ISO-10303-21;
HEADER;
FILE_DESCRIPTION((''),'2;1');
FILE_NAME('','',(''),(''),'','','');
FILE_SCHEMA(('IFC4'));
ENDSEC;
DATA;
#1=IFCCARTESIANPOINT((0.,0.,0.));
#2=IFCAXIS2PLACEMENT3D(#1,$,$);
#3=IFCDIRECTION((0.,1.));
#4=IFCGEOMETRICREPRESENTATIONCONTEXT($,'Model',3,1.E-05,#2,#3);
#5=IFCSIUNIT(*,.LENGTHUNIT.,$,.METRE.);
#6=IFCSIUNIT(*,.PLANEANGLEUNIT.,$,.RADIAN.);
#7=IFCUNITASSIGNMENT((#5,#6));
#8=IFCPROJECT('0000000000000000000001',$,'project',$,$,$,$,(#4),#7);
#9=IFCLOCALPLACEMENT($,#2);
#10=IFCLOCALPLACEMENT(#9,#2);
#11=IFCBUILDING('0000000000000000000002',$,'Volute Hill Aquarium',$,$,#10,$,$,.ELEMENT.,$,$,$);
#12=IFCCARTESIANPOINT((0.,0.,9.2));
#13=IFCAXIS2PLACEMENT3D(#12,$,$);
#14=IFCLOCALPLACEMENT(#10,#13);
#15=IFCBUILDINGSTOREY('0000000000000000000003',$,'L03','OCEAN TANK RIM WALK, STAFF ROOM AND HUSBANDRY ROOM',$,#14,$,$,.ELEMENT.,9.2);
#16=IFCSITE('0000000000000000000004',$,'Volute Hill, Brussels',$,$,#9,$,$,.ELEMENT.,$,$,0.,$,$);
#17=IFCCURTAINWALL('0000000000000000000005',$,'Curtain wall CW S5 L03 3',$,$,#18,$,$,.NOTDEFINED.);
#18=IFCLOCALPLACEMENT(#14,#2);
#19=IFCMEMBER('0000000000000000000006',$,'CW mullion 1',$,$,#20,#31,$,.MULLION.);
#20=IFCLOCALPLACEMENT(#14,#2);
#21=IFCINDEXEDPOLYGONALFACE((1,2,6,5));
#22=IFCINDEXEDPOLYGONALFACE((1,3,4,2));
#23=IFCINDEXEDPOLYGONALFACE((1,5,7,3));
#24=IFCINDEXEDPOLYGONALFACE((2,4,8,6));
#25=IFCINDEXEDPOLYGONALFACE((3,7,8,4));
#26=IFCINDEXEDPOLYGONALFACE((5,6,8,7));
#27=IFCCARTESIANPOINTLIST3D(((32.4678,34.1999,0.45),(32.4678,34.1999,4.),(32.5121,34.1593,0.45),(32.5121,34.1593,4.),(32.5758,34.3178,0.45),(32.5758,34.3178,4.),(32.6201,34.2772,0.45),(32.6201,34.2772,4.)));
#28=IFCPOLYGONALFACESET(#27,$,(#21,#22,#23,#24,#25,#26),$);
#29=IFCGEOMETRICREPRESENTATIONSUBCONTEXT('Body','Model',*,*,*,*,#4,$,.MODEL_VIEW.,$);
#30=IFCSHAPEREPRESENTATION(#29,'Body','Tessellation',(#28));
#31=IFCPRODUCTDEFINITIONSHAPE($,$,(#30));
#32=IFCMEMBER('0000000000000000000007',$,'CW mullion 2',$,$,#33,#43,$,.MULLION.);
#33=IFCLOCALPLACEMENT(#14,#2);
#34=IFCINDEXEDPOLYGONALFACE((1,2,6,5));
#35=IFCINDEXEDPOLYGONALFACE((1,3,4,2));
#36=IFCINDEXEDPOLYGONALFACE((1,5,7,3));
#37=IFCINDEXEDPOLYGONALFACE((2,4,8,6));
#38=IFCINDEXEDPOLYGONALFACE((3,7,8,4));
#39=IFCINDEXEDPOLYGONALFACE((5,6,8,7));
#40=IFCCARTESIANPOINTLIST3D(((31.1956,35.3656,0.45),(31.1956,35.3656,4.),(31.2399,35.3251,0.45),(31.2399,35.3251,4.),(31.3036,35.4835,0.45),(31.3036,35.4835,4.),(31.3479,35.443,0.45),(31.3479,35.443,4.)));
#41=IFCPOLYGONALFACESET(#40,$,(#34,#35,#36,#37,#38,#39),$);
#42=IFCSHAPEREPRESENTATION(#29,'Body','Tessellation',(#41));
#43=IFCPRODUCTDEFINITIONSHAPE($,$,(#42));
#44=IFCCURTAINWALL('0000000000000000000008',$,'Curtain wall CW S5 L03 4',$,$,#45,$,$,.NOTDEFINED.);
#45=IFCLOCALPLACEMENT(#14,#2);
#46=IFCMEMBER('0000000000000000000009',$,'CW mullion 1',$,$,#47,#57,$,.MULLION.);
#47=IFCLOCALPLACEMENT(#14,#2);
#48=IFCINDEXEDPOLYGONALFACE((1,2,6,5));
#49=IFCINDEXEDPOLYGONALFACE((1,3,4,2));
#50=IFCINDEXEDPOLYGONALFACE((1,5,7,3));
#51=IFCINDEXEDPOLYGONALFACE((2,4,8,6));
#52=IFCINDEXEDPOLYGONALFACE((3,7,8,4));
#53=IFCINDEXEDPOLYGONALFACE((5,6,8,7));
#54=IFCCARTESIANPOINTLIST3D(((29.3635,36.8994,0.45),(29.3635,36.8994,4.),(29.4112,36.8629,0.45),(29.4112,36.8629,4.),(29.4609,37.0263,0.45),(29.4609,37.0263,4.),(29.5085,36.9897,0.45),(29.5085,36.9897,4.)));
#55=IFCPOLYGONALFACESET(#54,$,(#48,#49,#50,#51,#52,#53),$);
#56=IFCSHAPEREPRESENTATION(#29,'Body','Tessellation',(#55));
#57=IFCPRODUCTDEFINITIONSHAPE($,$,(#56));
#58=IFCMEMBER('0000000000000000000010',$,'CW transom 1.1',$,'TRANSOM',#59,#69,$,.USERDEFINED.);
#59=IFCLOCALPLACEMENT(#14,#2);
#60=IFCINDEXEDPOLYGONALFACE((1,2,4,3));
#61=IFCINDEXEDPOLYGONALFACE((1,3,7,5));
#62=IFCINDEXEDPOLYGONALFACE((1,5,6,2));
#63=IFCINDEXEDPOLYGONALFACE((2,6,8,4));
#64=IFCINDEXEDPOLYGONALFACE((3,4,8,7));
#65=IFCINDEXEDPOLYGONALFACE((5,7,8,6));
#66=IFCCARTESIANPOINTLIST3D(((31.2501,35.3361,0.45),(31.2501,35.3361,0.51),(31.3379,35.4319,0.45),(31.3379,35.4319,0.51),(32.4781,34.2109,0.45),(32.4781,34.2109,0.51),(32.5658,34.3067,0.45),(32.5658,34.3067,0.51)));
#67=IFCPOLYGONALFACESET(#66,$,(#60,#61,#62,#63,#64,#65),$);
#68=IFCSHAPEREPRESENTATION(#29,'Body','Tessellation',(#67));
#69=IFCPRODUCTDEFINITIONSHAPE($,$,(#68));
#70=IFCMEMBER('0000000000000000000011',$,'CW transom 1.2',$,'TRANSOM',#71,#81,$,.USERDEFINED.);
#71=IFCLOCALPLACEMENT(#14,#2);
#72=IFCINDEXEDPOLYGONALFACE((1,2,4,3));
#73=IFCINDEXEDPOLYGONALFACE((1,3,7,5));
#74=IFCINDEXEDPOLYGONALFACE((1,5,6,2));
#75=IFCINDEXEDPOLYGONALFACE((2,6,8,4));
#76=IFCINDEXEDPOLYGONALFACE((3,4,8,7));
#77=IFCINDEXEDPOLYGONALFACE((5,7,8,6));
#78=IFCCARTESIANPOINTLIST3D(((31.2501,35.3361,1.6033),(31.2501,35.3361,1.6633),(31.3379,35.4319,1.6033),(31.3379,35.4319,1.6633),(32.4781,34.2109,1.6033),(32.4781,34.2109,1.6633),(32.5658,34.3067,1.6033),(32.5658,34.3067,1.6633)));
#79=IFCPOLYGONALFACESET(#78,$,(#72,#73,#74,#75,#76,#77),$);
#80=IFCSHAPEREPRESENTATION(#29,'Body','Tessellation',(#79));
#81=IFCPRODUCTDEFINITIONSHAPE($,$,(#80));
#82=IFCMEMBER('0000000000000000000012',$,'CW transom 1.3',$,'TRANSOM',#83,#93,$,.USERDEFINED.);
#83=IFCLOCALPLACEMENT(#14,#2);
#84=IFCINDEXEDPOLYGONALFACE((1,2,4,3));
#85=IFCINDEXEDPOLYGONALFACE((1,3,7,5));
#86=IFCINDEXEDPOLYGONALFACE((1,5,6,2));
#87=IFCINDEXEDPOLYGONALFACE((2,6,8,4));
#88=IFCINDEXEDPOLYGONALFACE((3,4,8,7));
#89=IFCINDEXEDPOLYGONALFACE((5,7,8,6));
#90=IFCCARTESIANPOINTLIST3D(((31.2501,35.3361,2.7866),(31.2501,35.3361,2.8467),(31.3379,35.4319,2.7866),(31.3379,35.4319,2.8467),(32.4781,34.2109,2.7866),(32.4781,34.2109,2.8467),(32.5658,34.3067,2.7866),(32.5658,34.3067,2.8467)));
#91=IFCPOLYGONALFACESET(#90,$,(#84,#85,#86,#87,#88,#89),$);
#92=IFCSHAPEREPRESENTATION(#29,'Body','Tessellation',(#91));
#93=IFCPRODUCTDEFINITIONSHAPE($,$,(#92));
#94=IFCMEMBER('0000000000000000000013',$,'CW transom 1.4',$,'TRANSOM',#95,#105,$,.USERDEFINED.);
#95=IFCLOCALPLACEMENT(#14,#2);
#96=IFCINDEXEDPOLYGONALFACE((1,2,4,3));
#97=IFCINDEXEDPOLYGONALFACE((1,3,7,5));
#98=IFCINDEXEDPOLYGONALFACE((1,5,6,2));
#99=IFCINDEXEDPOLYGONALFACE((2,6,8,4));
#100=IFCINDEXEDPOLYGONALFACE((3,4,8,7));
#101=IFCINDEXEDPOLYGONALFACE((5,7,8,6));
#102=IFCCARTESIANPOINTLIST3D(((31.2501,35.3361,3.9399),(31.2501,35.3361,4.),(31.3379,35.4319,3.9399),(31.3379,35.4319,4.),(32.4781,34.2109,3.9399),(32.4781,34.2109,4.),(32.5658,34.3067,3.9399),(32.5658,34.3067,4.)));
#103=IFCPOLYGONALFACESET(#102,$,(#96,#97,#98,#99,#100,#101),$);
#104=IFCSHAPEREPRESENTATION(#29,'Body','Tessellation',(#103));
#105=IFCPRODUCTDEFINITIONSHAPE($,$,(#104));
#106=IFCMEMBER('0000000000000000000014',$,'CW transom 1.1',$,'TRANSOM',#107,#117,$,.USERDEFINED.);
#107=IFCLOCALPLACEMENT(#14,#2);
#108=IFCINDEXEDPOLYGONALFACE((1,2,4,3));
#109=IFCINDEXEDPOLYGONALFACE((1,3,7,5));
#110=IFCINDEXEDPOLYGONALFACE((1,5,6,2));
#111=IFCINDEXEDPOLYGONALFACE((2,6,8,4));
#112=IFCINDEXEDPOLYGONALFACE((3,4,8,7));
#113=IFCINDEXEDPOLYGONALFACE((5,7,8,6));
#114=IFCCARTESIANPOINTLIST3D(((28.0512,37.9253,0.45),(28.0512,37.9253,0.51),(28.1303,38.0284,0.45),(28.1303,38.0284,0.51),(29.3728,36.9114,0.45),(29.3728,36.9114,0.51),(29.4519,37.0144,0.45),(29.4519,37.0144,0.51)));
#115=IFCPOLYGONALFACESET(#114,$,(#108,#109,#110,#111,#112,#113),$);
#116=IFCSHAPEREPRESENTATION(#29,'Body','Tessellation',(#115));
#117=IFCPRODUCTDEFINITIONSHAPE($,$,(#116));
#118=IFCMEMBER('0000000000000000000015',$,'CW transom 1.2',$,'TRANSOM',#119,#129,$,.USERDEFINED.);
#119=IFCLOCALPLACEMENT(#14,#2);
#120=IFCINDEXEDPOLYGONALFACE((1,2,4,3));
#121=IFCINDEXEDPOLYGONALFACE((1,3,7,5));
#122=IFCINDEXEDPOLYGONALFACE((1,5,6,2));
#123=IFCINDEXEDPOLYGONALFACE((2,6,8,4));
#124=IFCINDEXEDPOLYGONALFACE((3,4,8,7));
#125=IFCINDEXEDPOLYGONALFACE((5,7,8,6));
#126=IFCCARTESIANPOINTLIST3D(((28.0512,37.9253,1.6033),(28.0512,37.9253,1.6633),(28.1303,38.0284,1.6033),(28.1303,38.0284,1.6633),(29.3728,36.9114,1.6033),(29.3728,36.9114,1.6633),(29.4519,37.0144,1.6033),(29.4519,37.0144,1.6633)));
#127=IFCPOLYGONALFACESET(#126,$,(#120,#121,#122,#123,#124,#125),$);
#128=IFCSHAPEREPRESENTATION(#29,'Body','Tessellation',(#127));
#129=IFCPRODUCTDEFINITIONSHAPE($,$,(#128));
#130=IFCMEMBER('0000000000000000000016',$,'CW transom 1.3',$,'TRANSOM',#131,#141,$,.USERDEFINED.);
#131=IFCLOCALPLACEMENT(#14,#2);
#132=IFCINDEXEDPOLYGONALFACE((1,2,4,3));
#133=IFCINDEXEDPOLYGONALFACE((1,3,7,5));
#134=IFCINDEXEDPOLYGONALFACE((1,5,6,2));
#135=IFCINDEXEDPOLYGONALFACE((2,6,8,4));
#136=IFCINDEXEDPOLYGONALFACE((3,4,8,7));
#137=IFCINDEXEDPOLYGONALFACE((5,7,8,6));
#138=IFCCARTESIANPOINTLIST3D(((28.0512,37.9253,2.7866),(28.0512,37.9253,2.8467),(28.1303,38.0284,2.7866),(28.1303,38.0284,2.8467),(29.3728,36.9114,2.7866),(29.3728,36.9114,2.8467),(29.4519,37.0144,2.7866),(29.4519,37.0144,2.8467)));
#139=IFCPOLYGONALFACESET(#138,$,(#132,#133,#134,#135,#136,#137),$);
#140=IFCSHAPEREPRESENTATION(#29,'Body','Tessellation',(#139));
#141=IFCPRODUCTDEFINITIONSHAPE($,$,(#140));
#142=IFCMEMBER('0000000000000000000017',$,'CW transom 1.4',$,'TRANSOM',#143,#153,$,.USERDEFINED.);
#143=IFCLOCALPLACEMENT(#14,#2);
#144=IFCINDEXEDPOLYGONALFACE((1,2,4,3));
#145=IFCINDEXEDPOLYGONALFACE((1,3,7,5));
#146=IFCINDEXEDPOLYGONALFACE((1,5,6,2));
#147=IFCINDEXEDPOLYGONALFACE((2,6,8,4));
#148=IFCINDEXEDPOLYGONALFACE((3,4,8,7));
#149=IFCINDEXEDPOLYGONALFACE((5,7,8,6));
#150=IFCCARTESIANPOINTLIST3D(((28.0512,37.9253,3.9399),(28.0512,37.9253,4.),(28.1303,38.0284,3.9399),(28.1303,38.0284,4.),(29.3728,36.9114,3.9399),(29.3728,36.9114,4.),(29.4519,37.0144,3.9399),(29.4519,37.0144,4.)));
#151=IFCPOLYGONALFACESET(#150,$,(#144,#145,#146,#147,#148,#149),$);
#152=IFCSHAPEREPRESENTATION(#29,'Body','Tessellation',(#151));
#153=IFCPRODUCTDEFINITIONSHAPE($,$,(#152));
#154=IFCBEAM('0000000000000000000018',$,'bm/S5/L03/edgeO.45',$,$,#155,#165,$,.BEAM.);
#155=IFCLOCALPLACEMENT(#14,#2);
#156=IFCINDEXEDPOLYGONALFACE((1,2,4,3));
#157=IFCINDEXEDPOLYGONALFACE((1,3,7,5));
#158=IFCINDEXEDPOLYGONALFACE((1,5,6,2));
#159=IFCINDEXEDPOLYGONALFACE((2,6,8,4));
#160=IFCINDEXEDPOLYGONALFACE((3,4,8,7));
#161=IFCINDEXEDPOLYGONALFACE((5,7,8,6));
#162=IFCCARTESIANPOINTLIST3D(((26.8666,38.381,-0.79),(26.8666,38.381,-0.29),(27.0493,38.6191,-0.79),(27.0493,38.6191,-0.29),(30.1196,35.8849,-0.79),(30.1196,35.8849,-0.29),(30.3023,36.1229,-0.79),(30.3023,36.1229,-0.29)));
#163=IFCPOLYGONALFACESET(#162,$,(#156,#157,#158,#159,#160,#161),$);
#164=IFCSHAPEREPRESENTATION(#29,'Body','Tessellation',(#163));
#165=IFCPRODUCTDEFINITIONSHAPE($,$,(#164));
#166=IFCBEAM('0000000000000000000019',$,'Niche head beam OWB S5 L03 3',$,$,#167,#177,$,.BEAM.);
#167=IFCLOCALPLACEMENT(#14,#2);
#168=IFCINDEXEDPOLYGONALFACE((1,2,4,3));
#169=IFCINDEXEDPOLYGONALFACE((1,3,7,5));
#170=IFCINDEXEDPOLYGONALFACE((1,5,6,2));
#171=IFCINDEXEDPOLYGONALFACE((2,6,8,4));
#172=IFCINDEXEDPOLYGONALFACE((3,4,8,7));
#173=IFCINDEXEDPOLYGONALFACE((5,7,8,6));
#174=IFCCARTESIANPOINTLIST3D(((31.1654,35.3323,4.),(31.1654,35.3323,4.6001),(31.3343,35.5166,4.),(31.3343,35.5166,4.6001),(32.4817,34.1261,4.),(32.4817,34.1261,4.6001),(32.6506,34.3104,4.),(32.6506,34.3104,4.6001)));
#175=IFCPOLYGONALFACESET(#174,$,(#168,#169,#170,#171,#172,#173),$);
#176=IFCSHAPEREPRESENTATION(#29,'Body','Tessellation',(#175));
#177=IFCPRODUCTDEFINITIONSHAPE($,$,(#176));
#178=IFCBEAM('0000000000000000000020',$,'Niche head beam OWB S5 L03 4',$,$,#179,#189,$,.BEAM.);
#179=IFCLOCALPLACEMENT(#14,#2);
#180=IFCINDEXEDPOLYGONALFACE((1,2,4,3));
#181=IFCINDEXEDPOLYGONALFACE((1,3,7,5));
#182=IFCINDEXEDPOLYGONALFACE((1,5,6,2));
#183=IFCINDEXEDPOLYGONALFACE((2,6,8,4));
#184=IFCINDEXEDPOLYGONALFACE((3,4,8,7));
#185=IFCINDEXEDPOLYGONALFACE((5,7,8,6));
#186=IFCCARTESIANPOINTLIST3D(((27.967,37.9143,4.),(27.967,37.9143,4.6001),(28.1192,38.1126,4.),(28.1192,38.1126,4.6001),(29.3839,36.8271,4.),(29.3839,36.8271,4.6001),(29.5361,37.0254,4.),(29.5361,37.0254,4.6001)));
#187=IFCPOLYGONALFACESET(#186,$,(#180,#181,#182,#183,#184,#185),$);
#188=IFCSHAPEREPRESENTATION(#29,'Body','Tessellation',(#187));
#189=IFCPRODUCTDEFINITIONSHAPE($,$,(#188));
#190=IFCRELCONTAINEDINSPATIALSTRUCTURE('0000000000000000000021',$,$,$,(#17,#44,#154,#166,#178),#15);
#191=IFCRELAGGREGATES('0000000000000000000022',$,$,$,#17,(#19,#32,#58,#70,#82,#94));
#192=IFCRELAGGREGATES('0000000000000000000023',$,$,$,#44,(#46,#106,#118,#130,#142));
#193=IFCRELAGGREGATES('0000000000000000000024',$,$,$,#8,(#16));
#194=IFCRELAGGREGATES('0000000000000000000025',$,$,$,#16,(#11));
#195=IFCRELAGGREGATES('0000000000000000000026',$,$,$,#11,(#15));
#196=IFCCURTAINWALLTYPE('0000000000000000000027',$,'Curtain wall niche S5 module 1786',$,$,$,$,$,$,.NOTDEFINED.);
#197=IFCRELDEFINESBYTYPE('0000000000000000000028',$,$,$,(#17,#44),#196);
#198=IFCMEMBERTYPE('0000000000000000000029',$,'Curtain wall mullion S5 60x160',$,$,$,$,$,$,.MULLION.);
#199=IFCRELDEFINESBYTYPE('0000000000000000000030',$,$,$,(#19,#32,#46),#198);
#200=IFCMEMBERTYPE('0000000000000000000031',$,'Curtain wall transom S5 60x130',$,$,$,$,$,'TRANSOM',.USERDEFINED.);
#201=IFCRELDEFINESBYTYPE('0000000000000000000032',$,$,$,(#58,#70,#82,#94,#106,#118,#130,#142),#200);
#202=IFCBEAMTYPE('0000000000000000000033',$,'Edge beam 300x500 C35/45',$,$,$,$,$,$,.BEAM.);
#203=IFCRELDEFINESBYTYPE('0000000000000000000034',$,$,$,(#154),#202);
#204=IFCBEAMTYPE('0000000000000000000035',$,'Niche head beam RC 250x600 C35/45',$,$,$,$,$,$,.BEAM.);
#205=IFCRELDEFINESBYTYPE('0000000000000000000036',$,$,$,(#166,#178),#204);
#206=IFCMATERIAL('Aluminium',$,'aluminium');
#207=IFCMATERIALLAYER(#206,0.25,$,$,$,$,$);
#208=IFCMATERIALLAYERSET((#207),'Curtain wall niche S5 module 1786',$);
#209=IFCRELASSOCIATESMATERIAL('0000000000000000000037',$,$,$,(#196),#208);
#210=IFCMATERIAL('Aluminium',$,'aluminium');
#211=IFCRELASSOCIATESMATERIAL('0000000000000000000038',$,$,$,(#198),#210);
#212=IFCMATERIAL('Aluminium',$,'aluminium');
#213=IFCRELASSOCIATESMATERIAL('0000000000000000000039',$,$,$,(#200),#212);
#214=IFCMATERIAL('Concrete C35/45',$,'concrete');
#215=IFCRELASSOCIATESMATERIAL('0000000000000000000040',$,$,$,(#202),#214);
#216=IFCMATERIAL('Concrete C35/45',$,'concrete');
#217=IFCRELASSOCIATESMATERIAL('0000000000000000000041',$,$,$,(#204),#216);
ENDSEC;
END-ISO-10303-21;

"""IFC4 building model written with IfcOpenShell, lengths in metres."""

from ifc_helpers import new_model, si_unit, direction, frame, origin, origin_2d, place, context, subcontext, project, spatial, rectangle, extrude, material, layer, layer_set, material_profile, profile_set, type_object, element, aggregate, save


model = new_model("IFC4")

# Units and contexts
model_context = context("Model", 3, precision=1e-05, world=origin(), true_north=direction((0.0, 1.0)))
body_context = subcontext(model_context, "Body", "Model", "MODEL_VIEW")
ifc_project = project(units=[si_unit("LENGTHUNIT", "METRE"), si_unit("PLANEANGLEUNIT", "RADIAN")], contexts=[model_context])

# Site, building, storey
site_placement = place(None, origin())
site = spatial("IfcSite", under=ifc_project, at=site_placement, Name="Volute Hill, Brussels", CompositionType="ELEMENT", RefElevation=0.0)
building_placement = place(site_placement, origin())
building = spatial("IfcBuilding", under=site, at=building_placement, Name="Volute Hill Aquarium", CompositionType="ELEMENT")
storey_placement = place(building_placement, frame((0.0, 0.0, 9.2)))
storey = spatial("IfcBuildingStorey", under=building, at=storey_placement, Name="L03", Description="OCEAN TANK RIM WALK, STAFF ROOM AND HUSBANDRY ROOM", CompositionType="ELEMENT", Elevation=9.2)

# Curtain wall, members
ifc_material_1 = material(Name="Aluminium", Category="aluminium")
ifc_layer_1 = layer(ifc_material_1, 0.25)
ifc_layer_set_1 = layer_set([ifc_layer_1], Name="Curtain wall niche S5 module 1786")
curtain_wall_type = type_object("IfcCurtainWallType", Name="Curtain wall niche S5 module 1786", PredefinedType="NOTDEFINED", material=ifc_layer_set_1)
curtain_wall_1_placement = place(storey_placement, origin())
curtain_wall_1 = element("IfcCurtainWall", 1, at=curtain_wall_1_placement, inside=storey, type_object=curtain_wall_type, Name="Curtain wall CW S5 L03 3", PredefinedType="NOTDEFINED")
ifc_material_2 = material(Name="Aluminium", Category="aluminium")
ifc_material_profile_1 = material_profile(ifc_material_2, rectangle(XDim=0.1599, YDim=0.0601, at=origin_2d()), Name="Curtain wall mullion S5 60x160")
ifc_profile_set_1 = profile_set([ifc_material_profile_1], Name="Aluminium")
member_type_1 = type_object("IfcMemberType", Name="Curtain wall mullion S5 60x160", PredefinedType="MULLION", material=ifc_profile_set_1)
member_1_placement = place(storey_placement, frame((32.5439, 34.2385, 0.45), z_axis=(0.0, 0.0, 1.0), x_axis=(-0.675585, -0.737282, 0.0)))
member_1 = element("IfcMember", 2, at=member_1_placement, type_object=member_type_1, Name="CW mullion 1", PredefinedType="MULLION", context=body_context, shape_type="SweptSolid", body=[
    extrude(rectangle(XDim=0.1599, YDim=0.0601, at=origin_2d()), origin(), (0.0, 0.0, 1.0), 3.55),
])
member_2_placement = place(storey_placement, frame((31.2717, 35.4043, 0.45), z_axis=(0.0, 0.0, 1.0), x_axis=(-0.675585, -0.737282, 0.0)))
member_2 = element("IfcMember", 3, at=member_2_placement, type_object=member_type_1, Name="CW mullion 2", PredefinedType="MULLION", context=body_context, shape_type="SweptSolid", body=[
    extrude(rectangle(XDim=0.1599, YDim=0.0601, at=origin_2d()), origin(), (0.0, 0.0, 1.0), 3.55),
])

# Curtain wall, member
curtain_wall_2_placement = place(storey_placement, origin())
curtain_wall_2 = element("IfcCurtainWall", 4, at=curtain_wall_2_placement, inside=storey, type_object=curtain_wall_type, Name="Curtain wall CW S5 L03 4", PredefinedType="NOTDEFINED")
member_3_placement = place(storey_placement, frame((29.436, 36.9446, 0.45), z_axis=(0.0, 0.0, 1.0), x_axis=(-0.608755, -0.793358, 0.0)))
member_3 = element("IfcMember", 5, at=member_3_placement, type_object=member_type_1, Name="CW mullion 1", PredefinedType="MULLION", context=body_context, shape_type="SweptSolid", body=[
    extrude(rectangle(XDim=0.1599, YDim=0.0601, at=origin_2d()), origin(), (0.0, 0.0, 1.0), 3.55),
])

# Members
ifc_material_3 = material(Name="Aluminium", Category="aluminium")
ifc_material_profile_2 = material_profile(ifc_material_3, rectangle(XDim=0.1299, YDim=0.0601, at=origin_2d()), Name="Curtain wall transom S5 60x130")
ifc_profile_set_2 = profile_set([ifc_material_profile_2], Name="Aluminium")
member_type_2 = type_object("IfcMemberType", Name="Curtain wall transom S5 60x130", ElementType="TRANSOM", PredefinedType="USERDEFINED", material=ifc_profile_set_2)
member_4_placement = place(storey_placement, frame((32.522, 34.2588, 0.48), z_axis=(-0.737288, 0.675579, 0.0), x_axis=(-0.675579, -0.737288, 0.0)))
member_4 = element("IfcMember", 6, at=member_4_placement, type_object=member_type_2, Name="CW transom 1.1", ObjectType="TRANSOM", PredefinedType="USERDEFINED", context=body_context, shape_type="SweptSolid", body=[
    extrude(rectangle(XDim=0.1299, YDim=0.0601, at=origin_2d()), origin(), (0.0, 0.0, 1.0), 1.6655),
])
member_5_placement = place(storey_placement, frame((32.522, 34.2588, 1.6333), z_axis=(-0.737288, 0.675579, 0.0), x_axis=(-0.675579, -0.737288, 0.0)))
member_5 = element("IfcMember", 7, at=member_5_placement, type_object=member_type_2, Name="CW transom 1.2", ObjectType="TRANSOM", PredefinedType="USERDEFINED", context=body_context, shape_type="SweptSolid", body=[
    extrude(rectangle(XDim=0.1299, YDim=0.0601, at=origin_2d()), origin(), (0.0, 0.0, 1.0), 1.6655),
])
member_6_placement = place(storey_placement, frame((32.522, 34.2588, 2.8167), z_axis=(-0.737288, 0.675579, 0.0), x_axis=(-0.675579, -0.737288, 0.0)))
member_6 = element("IfcMember", 8, at=member_6_placement, type_object=member_type_2, Name="CW transom 1.3", ObjectType="TRANSOM", PredefinedType="USERDEFINED", context=body_context, shape_type="SweptSolid", body=[
    extrude(rectangle(XDim=0.1299, YDim=0.0601, at=origin_2d()), origin(), (0.0, 0.0, 1.0), 1.6655),
])
member_7_placement = place(storey_placement, frame((32.522, 34.2588, 3.97), z_axis=(-0.737288, 0.675579, 0.0), x_axis=(-0.675579, -0.737288, 0.0)))
member_7 = element("IfcMember", 9, at=member_7_placement, type_object=member_type_2, Name="CW transom 1.4", ObjectType="TRANSOM", PredefinedType="USERDEFINED", context=body_context, shape_type="SweptSolid", body=[
    extrude(rectangle(XDim=0.1299, YDim=0.0601, at=origin_2d()), origin(), (0.0, 0.0, 1.0), 1.6655),
])
member_8_placement = place(storey_placement, frame((29.4124, 36.9629, 0.48), z_axis=(-0.793392, 0.608712, 0.0), x_axis=(-0.608712, -0.793392, 0.0)))
member_8 = element("IfcMember", 10, at=member_8_placement, type_object=member_type_2, Name="CW transom 1.1", ObjectType="TRANSOM", PredefinedType="USERDEFINED", context=body_context, shape_type="SweptSolid", body=[
    extrude(rectangle(XDim=0.1299, YDim=0.0601, at=origin_2d()), origin(), (0.0, 0.0, 1.0), 1.6658),
])
member_9_placement = place(storey_placement, frame((29.4124, 36.9629, 1.6333), z_axis=(-0.793392, 0.608712, 0.0), x_axis=(-0.608712, -0.793392, 0.0)))
member_9 = element("IfcMember", 11, at=member_9_placement, type_object=member_type_2, Name="CW transom 1.2", ObjectType="TRANSOM", PredefinedType="USERDEFINED", context=body_context, shape_type="SweptSolid", body=[
    extrude(rectangle(XDim=0.1299, YDim=0.0601, at=origin_2d()), origin(), (0.0, 0.0, 1.0), 1.6658),
])
member_10_placement = place(storey_placement, frame((29.4124, 36.9629, 2.8167), z_axis=(-0.793392, 0.608712, 0.0), x_axis=(-0.608712, -0.793392, 0.0)))
member_10 = element("IfcMember", 12, at=member_10_placement, type_object=member_type_2, Name="CW transom 1.3", ObjectType="TRANSOM", PredefinedType="USERDEFINED", context=body_context, shape_type="SweptSolid", body=[
    extrude(rectangle(XDim=0.1299, YDim=0.0601, at=origin_2d()), origin(), (0.0, 0.0, 1.0), 1.6658),
])
member_11_placement = place(storey_placement, frame((29.4124, 36.9629, 3.97), z_axis=(-0.793392, 0.608712, 0.0), x_axis=(-0.608712, -0.793392, 0.0)))
member_11 = element("IfcMember", 13, at=member_11_placement, type_object=member_type_2, Name="CW transom 1.4", ObjectType="TRANSOM", PredefinedType="USERDEFINED", context=body_context, shape_type="SweptSolid", body=[
    extrude(rectangle(XDim=0.1299, YDim=0.0601, at=origin_2d()), origin(), (0.0, 0.0, 1.0), 1.6658),
])

# Beams
ifc_material_4 = material(Name="Concrete C35/45", Category="concrete")
ifc_material_profile_3 = material_profile(ifc_material_4, rectangle(XDim=0.3, YDim=0.5, at=origin_2d()), Name="RC edge beam 300x500")
ifc_profile_set_3 = profile_set([ifc_material_profile_3], Name="Concrete C35/45")
beam_type_1 = type_object("IfcBeamType", Name="Edge beam 300x500 C35/45", PredefinedType="BEAM", material=ifc_profile_set_3)
beam_1_placement = place(storey_placement, frame((30.2109, 36.0039, -0.54), z_axis=(-0.793349, 0.608766, 0.0), x_axis=(-0.608766, -0.793349, 0.0)))
element("IfcBeam", 14, at=beam_1_placement, inside=storey, type_object=beam_type_1, Name="bm/S5/L03/edgeO.45", PredefinedType="BEAM", context=body_context, shape_type="SweptSolid", body=[
    extrude(rectangle(XDim=0.3, YDim=0.5, at=origin_2d()), origin(), (0.0, 0.0, 1.0), 4.1003),
])
ifc_material_5 = material(Name="Concrete C35/45", Category="concrete")
ifc_material_profile_4 = material_profile(ifc_material_5, rectangle(XDim=0.25, YDim=0.6001, at=origin_2d()), Name="RC beam 250x600")
ifc_profile_set_4 = profile_set([ifc_material_profile_4], Name="Concrete C35/45")
beam_type_2 = type_object("IfcBeamType", Name="Niche head beam RC 250x600 C35/45", PredefinedType="BEAM", material=ifc_profile_set_4)
beam_2_placement = place(storey_placement, frame((32.5662, 34.2183, 4.3), z_axis=(-0.737268, 0.675601, 0.0), x_axis=(-0.675601, -0.737268, 0.0)))
element("IfcBeam", 15, at=beam_2_placement, inside=storey, type_object=beam_type_2, Name="Niche head beam OWB S5 L03 3", PredefinedType="BEAM", context=body_context, shape_type="SweptSolid", body=[
    extrude(rectangle(XDim=0.25, YDim=0.6001, at=origin_2d()), origin(), (0.0, 0.0, 1.0), 1.7854),
])
beam_3_placement = place(storey_placement, frame((29.46, 36.9263, 4.3), z_axis=(-0.79334, 0.608779, 0.0), x_axis=(-0.608779, -0.79334, 0.0)))
element("IfcBeam", 16, at=beam_3_placement, inside=storey, type_object=beam_type_2, Name="Niche head beam OWB S5 L03 4", PredefinedType="BEAM", context=body_context, shape_type="SweptSolid", body=[
    extrude(rectangle(XDim=0.25, YDim=0.6001, at=origin_2d()), origin(), (0.0, 0.0, 1.0), 1.7859),
])

aggregate(curtain_wall_1, [member_1, member_2, member_4, member_5, member_6, member_7])
aggregate(curtain_wall_2, [member_3, member_8, member_9, member_10, member_11])

save(model, "model.ifc")
